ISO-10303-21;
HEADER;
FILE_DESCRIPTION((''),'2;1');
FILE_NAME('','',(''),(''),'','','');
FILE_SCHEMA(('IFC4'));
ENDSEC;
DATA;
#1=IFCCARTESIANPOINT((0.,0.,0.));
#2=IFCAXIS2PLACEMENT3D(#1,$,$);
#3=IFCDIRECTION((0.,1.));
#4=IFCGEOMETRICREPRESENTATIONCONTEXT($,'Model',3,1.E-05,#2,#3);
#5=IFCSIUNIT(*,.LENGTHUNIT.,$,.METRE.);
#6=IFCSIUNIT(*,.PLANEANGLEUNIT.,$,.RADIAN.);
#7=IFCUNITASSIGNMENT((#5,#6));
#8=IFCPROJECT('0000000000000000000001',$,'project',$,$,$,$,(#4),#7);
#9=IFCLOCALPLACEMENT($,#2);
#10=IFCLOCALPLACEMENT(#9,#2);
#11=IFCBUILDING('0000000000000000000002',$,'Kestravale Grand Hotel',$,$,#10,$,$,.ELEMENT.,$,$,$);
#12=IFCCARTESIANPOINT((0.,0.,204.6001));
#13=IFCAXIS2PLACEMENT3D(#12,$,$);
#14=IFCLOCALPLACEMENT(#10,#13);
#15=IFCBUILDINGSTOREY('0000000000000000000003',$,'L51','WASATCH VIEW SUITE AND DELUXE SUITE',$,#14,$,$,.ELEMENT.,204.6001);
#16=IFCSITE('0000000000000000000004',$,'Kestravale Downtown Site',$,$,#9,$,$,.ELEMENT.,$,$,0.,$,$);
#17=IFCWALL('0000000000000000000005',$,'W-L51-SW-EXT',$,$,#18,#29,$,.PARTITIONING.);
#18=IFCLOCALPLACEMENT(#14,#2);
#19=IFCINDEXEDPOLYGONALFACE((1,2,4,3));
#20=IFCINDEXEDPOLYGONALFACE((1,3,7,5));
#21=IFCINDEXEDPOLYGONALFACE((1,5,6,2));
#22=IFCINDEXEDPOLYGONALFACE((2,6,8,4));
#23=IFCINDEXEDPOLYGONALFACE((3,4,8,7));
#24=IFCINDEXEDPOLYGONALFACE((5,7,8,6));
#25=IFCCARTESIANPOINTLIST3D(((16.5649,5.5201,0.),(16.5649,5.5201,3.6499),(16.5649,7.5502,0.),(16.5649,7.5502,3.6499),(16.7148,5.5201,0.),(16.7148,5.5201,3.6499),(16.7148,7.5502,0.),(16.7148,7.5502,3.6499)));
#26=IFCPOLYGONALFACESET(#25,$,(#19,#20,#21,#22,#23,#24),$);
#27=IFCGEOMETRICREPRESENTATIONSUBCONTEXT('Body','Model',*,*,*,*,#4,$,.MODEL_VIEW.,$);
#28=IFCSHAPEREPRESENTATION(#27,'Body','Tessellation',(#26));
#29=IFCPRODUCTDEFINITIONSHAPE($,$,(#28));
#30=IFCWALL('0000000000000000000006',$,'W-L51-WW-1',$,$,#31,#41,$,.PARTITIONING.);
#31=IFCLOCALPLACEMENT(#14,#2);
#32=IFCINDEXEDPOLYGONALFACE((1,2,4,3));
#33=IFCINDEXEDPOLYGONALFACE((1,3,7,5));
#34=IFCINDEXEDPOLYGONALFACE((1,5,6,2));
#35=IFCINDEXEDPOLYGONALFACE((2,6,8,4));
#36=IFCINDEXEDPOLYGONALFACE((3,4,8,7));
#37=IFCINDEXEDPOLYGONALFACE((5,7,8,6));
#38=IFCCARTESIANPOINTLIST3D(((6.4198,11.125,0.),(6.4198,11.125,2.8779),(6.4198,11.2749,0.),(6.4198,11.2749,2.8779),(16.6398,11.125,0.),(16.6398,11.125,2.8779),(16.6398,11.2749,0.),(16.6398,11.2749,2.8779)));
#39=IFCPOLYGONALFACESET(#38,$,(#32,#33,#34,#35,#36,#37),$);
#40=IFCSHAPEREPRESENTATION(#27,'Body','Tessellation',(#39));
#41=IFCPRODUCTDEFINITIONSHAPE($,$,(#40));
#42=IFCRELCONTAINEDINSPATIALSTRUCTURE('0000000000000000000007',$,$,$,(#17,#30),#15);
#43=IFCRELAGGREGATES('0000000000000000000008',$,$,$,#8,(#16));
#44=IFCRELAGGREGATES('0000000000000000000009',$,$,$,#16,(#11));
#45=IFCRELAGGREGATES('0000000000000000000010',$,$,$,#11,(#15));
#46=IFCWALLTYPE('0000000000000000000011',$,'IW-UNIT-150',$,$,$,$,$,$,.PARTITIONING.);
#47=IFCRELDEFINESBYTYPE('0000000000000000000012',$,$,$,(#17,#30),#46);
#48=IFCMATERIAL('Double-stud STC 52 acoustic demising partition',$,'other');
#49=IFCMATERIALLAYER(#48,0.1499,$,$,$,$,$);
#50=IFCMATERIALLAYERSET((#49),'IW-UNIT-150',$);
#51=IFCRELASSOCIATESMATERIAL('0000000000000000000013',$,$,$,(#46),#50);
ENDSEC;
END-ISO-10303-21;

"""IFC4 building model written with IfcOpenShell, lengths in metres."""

from ifc_helpers import new_model, si_unit, direction, frame, frame_2d, origin, place, context, subcontext, project, spatial, rectangle, extrude, material, layer, layer_set, type_object, element, save


model = new_model("IFC4")

# Units and contexts
model_context = context("Model", 3, precision=1e-05, world=origin(), true_north=direction((0.0, 1.0)))
body_context = subcontext(model_context, "Body", "Model", "MODEL_VIEW")
ifc_project = project(units=[si_unit("LENGTHUNIT", "METRE"), si_unit("PLANEANGLEUNIT", "RADIAN")], contexts=[model_context])

# Site, building, storey
site_placement = place(None, origin())
site = spatial("IfcSite", under=ifc_project, at=site_placement, Name="Kestravale Downtown Site", CompositionType="ELEMENT", RefElevation=0.0)
building_placement = place(site_placement, origin())
building = spatial("IfcBuilding", under=site, at=building_placement, Name="Kestravale Grand Hotel", CompositionType="ELEMENT")
storey_placement = place(building_placement, frame((0.0, 0.0, 204.6001)))
storey = spatial("IfcBuildingStorey", under=building, at=storey_placement, Name="L51", Description="WASATCH VIEW SUITE AND DELUXE SUITE", CompositionType="ELEMENT", Elevation=204.6001)

# Walls
ifc_material_1 = material(Name="Double-stud STC 52 acoustic demising partition", Category="other")
ifc_layer_1 = layer(ifc_material_1, 0.1499)
ifc_layer_set_1 = layer_set([ifc_layer_1], Name="IW-UNIT-150")
wall_type_1 = type_object("IfcWallType", Name="IW-UNIT-150", PredefinedType="PARTITIONING", material=ifc_layer_set_1)
wall_1_placement = place(storey_placement, frame((16.6399, 5.52, 0.0), z_axis=(0.0, 0.0, 1.0), x_axis=(0.0, 1.0, 0.0)))
element("IfcWall", 1, at=wall_1_placement, inside=storey, type_object=wall_type_1, Name="W-L51-SW-EXT", PredefinedType="PARTITIONING", context=body_context, shape_type="SweptSolid", body=[
    extrude(rectangle(XDim=2.03, YDim=0.1499, at=frame_2d((1.0151, 0.0))), origin(), (0.0, 0.0, 1.0), 3.6499),
])
wall_2_placement = place(storey_placement, frame((6.4199, 11.2, 0.0), z_axis=(0.0, 0.0, 1.0), x_axis=(1.0, 0.0, 0.0)))
element("IfcWall", 2, at=wall_2_placement, inside=storey, type_object=wall_type_1, Name="W-L51-WW-1", PredefinedType="PARTITIONING", context=body_context, shape_type="SweptSolid", body=[
    extrude(rectangle(XDim=10.22, YDim=0.1499, at=frame_2d((5.1099, 0.0))), origin(), (0.0, 0.0, 1.0), 2.8779),
])

save(model, "model.ifc")
